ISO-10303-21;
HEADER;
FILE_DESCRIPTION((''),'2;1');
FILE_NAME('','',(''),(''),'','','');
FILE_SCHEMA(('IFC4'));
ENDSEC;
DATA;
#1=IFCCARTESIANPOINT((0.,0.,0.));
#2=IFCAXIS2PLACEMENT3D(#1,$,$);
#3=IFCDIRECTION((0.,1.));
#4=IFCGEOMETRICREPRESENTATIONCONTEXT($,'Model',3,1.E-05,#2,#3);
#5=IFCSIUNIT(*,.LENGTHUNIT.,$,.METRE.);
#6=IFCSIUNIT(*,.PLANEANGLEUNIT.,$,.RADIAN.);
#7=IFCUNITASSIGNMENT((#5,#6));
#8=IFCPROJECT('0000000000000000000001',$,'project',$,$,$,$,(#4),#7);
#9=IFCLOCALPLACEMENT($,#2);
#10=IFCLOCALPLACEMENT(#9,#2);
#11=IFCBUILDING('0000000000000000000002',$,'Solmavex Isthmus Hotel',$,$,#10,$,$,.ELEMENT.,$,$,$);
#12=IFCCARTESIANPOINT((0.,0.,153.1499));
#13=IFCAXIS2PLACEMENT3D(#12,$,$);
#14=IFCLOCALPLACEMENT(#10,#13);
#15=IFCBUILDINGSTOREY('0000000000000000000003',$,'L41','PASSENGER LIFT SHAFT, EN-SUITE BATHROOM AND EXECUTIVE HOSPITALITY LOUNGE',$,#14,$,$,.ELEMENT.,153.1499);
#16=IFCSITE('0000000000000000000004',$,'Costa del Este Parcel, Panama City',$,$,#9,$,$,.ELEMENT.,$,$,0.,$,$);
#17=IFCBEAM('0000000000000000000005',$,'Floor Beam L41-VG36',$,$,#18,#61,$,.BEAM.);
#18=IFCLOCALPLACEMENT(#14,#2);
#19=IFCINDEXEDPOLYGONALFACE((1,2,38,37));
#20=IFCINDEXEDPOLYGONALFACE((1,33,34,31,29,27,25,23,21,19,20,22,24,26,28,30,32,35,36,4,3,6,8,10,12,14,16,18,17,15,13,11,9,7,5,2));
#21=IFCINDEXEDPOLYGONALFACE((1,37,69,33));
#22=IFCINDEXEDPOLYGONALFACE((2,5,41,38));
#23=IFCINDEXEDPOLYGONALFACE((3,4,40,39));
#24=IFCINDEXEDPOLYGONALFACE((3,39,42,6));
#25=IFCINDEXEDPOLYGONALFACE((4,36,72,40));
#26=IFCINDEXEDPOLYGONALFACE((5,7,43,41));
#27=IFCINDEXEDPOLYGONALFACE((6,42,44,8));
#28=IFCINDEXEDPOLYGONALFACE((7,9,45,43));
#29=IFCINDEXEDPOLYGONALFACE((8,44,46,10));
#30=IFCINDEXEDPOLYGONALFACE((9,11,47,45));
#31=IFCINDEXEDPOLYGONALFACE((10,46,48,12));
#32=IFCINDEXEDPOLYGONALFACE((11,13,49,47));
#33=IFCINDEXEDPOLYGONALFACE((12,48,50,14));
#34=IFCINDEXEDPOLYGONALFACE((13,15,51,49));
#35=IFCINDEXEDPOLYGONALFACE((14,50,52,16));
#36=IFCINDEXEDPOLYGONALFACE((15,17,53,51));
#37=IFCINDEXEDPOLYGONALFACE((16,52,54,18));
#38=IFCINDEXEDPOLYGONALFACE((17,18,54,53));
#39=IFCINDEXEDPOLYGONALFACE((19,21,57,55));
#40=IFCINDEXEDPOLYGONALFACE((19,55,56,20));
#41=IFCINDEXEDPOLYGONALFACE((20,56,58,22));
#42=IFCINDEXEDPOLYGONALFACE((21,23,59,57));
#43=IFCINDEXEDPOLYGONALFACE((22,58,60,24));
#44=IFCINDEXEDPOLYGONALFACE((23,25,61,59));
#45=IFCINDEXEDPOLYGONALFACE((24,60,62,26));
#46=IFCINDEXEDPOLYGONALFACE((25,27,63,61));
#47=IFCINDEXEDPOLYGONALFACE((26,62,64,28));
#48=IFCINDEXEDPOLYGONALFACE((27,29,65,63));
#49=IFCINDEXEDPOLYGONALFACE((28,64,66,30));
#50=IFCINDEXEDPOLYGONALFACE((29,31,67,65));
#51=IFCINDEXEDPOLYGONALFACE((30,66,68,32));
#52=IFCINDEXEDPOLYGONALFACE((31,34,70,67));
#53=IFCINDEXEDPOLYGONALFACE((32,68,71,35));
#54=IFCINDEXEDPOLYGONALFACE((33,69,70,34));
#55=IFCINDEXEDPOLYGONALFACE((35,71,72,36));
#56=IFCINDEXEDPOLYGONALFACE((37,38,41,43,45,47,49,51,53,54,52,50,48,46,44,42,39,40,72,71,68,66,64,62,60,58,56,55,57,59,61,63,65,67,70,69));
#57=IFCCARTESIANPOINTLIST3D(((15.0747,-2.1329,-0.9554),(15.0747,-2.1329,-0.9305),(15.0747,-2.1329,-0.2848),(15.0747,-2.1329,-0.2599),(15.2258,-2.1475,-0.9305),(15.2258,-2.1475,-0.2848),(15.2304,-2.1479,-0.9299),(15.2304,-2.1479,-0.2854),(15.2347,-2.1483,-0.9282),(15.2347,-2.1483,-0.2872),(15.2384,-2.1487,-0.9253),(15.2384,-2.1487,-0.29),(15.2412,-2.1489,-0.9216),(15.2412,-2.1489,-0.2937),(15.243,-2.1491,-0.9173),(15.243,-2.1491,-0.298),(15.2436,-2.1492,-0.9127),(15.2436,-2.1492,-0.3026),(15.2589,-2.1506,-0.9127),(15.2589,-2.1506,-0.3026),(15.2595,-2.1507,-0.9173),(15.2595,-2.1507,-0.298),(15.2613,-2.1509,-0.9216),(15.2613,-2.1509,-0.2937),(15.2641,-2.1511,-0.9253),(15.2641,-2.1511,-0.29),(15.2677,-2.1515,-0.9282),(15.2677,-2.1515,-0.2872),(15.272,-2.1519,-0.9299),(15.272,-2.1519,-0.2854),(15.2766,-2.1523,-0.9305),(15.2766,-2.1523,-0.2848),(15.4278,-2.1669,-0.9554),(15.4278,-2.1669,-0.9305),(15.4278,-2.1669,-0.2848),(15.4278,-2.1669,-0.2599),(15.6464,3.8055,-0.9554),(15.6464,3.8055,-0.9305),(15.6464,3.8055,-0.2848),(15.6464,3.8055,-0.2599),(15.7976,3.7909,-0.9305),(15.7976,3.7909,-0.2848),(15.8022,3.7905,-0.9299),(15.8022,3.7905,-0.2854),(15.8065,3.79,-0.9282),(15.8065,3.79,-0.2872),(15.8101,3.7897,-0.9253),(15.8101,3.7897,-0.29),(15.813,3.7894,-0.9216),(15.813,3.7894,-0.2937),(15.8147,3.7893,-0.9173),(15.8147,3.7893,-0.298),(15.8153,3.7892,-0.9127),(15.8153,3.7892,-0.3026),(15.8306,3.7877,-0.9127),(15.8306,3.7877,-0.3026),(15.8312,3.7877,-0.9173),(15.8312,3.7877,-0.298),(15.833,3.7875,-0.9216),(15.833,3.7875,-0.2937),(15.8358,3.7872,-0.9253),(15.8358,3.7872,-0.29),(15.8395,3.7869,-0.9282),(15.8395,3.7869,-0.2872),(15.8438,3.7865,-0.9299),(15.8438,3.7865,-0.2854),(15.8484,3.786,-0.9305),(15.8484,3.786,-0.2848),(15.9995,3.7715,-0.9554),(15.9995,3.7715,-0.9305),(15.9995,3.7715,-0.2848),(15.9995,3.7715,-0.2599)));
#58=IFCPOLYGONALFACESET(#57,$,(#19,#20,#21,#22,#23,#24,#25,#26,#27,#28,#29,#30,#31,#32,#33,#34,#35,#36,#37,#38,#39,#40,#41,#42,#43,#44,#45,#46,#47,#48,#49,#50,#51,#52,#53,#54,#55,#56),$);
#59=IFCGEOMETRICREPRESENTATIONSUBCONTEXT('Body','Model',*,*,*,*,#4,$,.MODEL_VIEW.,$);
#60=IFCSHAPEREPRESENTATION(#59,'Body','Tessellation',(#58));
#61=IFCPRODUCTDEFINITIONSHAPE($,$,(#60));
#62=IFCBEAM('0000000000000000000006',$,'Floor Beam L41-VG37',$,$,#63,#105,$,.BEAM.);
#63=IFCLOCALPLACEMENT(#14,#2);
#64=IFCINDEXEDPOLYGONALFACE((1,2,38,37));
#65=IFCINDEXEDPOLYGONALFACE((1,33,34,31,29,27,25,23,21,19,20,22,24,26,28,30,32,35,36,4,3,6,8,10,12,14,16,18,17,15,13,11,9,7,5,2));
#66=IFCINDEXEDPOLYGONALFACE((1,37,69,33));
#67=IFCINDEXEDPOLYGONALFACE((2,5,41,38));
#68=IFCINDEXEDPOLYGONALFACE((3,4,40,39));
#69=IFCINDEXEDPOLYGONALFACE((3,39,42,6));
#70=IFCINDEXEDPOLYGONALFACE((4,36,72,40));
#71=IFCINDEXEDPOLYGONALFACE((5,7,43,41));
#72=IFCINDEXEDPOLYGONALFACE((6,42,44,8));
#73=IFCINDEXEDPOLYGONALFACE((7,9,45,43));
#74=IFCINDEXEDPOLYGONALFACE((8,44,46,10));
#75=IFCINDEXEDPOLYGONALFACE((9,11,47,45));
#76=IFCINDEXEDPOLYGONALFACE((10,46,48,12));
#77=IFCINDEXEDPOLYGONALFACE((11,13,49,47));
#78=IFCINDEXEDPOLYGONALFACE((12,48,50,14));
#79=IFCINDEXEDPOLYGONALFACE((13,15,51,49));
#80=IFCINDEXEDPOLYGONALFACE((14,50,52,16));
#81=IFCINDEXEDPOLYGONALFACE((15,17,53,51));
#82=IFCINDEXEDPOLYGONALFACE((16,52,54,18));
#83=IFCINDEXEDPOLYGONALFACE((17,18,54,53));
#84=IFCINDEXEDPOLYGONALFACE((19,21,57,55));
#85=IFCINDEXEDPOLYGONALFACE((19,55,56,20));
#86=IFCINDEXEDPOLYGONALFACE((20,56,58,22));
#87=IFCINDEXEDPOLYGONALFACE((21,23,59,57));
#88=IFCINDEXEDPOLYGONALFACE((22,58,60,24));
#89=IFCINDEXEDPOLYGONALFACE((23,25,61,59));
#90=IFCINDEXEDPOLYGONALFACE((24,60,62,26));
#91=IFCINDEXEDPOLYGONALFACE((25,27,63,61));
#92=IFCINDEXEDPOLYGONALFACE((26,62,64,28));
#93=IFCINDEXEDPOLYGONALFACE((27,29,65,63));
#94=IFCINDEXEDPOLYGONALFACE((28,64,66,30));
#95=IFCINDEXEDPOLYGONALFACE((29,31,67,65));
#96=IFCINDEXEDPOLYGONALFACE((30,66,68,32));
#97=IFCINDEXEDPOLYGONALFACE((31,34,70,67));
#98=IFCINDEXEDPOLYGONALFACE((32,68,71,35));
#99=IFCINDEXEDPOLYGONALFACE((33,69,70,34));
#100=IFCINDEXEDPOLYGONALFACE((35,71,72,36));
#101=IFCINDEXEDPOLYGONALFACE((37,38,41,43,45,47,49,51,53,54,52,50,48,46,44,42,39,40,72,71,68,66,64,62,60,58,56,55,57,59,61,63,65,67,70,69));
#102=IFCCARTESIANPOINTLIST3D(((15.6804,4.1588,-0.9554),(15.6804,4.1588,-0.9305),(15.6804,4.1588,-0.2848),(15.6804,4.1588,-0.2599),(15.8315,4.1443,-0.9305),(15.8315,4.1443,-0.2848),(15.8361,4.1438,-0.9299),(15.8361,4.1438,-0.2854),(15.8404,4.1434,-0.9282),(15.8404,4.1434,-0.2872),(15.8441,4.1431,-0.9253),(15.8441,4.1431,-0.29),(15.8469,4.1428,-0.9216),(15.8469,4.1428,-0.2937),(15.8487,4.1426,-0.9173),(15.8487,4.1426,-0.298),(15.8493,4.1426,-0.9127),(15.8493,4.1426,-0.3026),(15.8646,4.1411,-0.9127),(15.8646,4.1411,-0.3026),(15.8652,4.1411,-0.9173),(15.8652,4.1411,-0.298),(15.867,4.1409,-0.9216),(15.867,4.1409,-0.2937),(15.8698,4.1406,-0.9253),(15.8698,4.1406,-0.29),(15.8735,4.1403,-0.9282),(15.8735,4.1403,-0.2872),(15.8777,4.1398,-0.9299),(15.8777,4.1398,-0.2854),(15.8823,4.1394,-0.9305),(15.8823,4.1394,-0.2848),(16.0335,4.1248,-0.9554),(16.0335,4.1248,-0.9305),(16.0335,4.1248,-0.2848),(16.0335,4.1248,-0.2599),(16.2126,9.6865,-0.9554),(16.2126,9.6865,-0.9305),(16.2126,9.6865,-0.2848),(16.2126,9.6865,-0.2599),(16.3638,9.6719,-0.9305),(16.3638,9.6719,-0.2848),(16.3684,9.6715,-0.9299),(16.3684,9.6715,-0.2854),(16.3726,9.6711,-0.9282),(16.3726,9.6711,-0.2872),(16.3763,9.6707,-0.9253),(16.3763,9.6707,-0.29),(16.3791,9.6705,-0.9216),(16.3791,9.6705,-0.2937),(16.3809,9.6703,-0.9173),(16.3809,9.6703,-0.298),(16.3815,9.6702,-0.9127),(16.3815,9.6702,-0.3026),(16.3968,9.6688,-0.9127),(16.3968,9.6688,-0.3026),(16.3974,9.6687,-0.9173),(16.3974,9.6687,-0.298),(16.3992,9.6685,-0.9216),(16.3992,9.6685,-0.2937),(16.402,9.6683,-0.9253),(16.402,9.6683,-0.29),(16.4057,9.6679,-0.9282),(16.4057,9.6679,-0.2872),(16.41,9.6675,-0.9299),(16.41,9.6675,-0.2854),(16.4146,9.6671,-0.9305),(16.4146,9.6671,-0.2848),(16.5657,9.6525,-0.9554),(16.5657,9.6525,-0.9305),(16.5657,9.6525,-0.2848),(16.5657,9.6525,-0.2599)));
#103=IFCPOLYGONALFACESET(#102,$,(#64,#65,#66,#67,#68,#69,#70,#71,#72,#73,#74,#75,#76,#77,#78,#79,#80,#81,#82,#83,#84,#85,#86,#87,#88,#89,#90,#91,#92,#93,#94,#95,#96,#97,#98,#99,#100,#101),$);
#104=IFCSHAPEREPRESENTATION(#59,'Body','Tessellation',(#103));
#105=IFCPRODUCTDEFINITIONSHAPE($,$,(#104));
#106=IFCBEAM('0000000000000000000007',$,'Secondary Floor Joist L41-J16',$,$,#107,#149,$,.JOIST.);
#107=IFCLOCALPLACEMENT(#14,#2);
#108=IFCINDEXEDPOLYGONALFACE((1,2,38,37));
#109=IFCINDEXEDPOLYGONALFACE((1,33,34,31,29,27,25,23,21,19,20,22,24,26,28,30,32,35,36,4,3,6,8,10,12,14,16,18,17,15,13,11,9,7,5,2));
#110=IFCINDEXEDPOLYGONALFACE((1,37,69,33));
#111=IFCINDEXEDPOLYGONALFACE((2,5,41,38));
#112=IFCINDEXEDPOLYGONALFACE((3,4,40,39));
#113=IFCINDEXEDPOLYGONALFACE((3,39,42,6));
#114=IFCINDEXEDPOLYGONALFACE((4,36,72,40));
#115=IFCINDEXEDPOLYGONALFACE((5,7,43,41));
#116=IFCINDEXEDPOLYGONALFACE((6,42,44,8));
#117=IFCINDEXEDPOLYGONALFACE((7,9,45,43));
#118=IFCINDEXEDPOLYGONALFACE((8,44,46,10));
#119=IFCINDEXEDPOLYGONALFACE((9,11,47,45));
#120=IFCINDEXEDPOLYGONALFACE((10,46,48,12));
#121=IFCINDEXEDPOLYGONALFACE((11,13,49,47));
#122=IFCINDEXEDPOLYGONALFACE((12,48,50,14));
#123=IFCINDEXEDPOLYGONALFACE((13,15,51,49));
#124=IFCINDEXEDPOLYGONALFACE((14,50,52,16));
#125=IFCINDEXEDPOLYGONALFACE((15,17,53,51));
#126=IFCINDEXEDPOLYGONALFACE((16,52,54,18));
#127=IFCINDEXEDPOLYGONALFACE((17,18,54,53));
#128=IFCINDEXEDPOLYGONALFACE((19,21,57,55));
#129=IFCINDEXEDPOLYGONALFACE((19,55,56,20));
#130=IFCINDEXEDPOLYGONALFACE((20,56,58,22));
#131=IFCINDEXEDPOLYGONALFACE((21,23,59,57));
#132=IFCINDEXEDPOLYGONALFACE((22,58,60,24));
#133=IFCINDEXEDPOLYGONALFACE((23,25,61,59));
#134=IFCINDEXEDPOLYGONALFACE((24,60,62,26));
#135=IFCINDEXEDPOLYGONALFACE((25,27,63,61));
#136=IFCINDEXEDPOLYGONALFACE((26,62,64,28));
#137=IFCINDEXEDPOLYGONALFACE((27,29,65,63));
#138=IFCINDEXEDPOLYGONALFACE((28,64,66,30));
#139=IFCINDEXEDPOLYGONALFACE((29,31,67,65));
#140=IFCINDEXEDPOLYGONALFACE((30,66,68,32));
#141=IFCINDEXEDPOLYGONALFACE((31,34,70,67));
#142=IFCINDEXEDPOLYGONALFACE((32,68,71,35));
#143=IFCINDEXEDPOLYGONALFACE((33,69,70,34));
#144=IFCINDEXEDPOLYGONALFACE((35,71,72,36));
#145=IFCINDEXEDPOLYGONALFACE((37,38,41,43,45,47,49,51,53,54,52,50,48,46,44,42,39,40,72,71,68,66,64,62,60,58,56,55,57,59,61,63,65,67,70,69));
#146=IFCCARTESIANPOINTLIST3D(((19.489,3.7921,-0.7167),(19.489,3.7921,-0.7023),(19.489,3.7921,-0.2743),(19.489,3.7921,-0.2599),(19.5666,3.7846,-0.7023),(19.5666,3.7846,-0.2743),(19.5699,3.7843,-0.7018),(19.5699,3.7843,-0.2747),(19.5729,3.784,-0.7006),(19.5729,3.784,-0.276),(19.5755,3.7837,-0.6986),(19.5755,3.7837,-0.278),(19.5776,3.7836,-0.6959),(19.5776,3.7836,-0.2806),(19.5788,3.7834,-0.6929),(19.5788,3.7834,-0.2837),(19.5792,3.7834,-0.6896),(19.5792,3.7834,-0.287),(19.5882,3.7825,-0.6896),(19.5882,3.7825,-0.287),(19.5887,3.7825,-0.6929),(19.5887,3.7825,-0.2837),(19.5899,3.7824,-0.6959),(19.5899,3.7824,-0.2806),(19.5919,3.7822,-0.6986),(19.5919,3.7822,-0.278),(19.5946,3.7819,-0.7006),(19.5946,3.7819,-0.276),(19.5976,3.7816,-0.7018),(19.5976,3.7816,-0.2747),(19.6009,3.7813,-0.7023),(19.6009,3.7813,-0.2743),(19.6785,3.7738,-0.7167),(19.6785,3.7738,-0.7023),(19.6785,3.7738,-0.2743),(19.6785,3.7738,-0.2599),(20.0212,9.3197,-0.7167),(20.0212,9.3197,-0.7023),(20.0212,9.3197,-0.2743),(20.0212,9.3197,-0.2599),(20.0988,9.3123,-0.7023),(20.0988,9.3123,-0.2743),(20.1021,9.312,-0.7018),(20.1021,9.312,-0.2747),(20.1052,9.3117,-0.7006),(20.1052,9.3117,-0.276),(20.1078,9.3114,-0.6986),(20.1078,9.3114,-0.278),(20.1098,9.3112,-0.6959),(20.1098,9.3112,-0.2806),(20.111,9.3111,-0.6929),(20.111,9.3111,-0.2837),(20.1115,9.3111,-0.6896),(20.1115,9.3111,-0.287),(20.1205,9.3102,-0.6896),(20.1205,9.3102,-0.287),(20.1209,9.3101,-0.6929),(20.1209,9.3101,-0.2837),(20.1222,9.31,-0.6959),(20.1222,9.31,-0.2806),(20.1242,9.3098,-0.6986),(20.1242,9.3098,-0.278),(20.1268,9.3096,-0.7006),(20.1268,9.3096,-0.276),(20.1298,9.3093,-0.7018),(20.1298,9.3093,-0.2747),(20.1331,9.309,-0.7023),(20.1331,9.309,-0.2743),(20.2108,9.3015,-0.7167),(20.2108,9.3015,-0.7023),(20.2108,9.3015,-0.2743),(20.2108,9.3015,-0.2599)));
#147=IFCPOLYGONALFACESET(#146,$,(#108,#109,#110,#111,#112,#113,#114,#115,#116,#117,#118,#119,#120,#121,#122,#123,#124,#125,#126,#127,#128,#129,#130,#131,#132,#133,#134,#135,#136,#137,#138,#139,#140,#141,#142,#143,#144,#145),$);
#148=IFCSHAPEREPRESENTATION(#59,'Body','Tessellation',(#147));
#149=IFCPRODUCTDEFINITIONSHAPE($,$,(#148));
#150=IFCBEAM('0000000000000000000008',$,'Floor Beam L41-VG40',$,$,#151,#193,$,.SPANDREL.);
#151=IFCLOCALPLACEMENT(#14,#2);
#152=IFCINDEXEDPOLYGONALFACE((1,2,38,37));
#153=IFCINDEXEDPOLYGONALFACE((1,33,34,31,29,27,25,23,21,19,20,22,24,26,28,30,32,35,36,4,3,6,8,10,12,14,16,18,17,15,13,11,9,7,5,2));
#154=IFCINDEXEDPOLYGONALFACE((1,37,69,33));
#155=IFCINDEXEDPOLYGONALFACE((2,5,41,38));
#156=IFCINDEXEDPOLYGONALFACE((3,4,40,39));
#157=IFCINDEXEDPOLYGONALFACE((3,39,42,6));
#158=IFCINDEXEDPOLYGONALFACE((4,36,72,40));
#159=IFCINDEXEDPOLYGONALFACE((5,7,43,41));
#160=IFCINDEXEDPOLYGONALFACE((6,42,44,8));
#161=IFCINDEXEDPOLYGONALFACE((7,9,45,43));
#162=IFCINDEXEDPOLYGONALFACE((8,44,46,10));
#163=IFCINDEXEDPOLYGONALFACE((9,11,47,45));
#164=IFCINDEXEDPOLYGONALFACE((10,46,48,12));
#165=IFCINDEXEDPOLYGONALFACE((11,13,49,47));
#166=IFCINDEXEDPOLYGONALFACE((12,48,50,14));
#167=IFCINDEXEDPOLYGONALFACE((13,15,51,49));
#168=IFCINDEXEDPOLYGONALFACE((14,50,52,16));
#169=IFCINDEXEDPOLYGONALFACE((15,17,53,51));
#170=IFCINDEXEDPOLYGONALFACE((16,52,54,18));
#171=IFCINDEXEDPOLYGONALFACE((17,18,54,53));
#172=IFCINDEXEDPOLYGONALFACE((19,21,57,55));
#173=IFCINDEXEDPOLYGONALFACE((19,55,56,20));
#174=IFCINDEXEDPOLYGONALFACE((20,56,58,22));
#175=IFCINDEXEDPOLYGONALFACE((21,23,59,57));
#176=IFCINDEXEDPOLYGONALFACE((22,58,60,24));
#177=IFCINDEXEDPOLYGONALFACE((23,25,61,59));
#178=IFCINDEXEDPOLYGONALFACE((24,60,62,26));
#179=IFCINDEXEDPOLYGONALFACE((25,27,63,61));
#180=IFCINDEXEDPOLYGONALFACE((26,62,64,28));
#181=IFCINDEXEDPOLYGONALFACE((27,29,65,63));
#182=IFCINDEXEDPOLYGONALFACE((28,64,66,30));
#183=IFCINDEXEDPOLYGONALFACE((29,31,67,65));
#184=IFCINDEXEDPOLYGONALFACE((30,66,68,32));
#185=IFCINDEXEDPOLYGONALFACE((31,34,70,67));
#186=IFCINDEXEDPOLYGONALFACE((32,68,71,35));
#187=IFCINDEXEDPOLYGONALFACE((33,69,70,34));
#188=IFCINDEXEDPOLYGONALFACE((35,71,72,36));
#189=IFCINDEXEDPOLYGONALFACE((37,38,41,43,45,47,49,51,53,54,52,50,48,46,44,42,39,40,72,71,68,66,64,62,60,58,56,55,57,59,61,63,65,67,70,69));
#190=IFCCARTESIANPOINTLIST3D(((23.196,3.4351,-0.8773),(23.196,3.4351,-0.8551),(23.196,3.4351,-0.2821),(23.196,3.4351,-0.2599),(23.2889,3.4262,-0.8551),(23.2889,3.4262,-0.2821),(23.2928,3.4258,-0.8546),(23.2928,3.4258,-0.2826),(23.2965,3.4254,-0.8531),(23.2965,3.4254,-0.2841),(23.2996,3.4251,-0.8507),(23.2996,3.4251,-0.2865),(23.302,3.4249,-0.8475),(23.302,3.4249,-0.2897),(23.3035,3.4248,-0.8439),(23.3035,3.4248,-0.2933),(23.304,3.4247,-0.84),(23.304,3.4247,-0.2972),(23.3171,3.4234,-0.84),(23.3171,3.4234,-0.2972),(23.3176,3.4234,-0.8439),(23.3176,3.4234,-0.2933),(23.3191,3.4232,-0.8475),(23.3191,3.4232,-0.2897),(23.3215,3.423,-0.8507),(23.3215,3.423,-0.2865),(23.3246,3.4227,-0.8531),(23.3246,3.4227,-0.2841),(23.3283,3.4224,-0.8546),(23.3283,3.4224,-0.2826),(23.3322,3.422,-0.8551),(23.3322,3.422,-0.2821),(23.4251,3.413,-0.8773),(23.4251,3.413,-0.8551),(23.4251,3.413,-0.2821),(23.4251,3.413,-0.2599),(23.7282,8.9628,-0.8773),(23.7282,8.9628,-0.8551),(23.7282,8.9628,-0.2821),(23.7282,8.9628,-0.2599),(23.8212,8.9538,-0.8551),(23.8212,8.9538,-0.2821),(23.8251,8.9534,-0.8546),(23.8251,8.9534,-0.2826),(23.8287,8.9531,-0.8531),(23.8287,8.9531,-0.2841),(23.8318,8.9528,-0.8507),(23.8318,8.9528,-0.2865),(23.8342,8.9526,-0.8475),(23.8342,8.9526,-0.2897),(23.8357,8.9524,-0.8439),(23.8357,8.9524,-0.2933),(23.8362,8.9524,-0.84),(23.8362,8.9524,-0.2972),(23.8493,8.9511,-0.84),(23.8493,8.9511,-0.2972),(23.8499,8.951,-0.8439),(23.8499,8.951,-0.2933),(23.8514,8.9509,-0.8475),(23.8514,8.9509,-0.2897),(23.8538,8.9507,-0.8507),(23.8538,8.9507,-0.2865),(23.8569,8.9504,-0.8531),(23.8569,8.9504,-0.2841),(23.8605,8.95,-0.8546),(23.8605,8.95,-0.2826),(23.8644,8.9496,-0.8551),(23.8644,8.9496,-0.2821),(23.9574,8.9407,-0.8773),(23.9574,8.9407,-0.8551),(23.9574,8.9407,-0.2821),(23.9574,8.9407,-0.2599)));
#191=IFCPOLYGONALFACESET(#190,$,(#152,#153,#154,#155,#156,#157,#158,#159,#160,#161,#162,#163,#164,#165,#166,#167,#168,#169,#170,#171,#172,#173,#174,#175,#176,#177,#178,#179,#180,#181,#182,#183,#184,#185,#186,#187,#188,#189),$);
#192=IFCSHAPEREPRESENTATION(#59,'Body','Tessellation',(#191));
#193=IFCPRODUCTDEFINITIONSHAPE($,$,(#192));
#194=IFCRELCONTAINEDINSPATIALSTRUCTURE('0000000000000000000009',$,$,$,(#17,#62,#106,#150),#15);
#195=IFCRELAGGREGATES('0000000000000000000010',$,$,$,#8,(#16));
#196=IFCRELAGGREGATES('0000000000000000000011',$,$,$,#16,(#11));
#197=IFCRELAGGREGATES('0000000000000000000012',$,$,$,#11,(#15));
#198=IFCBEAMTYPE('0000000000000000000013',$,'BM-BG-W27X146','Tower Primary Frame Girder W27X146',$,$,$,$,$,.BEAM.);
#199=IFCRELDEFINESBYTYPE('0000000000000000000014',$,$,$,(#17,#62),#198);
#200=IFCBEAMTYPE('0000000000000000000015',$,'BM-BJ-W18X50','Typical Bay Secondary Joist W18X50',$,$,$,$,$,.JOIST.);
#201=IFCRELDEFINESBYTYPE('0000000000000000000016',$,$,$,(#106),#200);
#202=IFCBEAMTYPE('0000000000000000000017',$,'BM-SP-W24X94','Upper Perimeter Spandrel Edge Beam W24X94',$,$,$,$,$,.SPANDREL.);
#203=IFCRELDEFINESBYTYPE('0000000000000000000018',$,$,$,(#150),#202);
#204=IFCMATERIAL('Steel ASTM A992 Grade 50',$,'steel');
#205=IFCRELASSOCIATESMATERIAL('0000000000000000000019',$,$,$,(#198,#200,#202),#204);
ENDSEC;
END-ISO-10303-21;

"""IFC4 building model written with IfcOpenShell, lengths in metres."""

from ifc_helpers import new_model, si_unit, direction, frame, origin, origin_2d, place, context, subcontext, project, spatial, i_section, extrude, material, material_profile, profile_set, type_object, element, save


model = new_model("IFC4")

# Units and contexts
model_context = context("Model", 3, precision=1e-05, world=origin(), true_north=direction((0.0, 1.0)))
body_context = subcontext(model_context, "Body", "Model", "MODEL_VIEW")
ifc_project = project(units=[si_unit("LENGTHUNIT", "METRE"), si_unit("PLANEANGLEUNIT", "RADIAN")], contexts=[model_context])

# Site, building, storey
site_placement = place(None, origin())
site = spatial("IfcSite", under=ifc_project, at=site_placement, Name="Costa del Este Parcel, Panama City", CompositionType="ELEMENT", RefElevation=0.0)
building_placement = place(site_placement, origin())
building = spatial("IfcBuilding", under=site, at=building_placement, Name="Solmavex Isthmus Hotel", CompositionType="ELEMENT")
storey_placement = place(building_placement, frame((0.0, 0.0, 153.1499)))
storey = spatial("IfcBuildingStorey", under=building, at=storey_placement, Name="L41", Description="PASSENGER LIFT SHAFT, EN-SUITE BATHROOM AND EXECUTIVE HOSPITALITY LOUNGE", CompositionType="ELEMENT", Elevation=153.1499)

# Beams
ifc_material_1 = material(Name="Steel ASTM A992 Grade 50", Category="steel")
ifc_material_profile_1 = material_profile(ifc_material_1, i_section(OverallWidth=0.3547, OverallDepth=0.6956, WebThickness=0.0154, FlangeThickness=0.0249, FilletRadius=0.0178, at=origin_2d()), Name="W27X146")
ifc_profile_set_1 = profile_set([ifc_material_profile_1], Name="Steel ASTM A992 Grade 50")
beam_type_1 = type_object("IfcBeamType", Name="BM-BG-W27X146", Description="Tower Primary Frame Girder W27X146", PredefinedType="BEAM", material=ifc_profile_set_1)
beam_1_placement = place(storey_placement, frame((15.2512, -2.1499, -0.6077), z_axis=(0.09584, 0.995397, 0.0), x_axis=(-0.995397, 0.09584, 0.0)))
element("IfcBeam", 1, at=beam_1_placement, inside=storey, type_object=beam_type_1, Name="Floor Beam L41-VG36", PredefinedType="BEAM", context=body_context, shape_type="SweptSolid", body=[
    extrude(i_section(OverallWidth=0.3547, OverallDepth=0.6956, WebThickness=0.0154, FlangeThickness=0.0249, FilletRadius=0.0178, at=origin_2d()), origin(), (0.0, 0.0, 1.0), 5.9658),
])
beam_2_placement = place(storey_placement, frame((15.8569, 4.1418, -0.6077), z_axis=(0.095842, 0.995397, 0.0), x_axis=(-0.995397, 0.095842, 0.0)))
element("IfcBeam", 2, at=beam_2_placement, inside=storey, type_object=beam_type_1, Name="Floor Beam L41-VG37", PredefinedType="BEAM", context=body_context, shape_type="SweptSolid", body=[
    extrude(i_section(OverallWidth=0.3547, OverallDepth=0.6956, WebThickness=0.0154, FlangeThickness=0.0249, FilletRadius=0.0178, at=origin_2d()), origin(), (0.0, 0.0, 1.0), 5.5532),
])
ifc_material_profile_2 = material_profile(ifc_material_1, i_section(OverallWidth=0.1904, OverallDepth=0.4568, WebThickness=0.009, FlangeThickness=0.0144, FilletRadius=0.0127, at=origin_2d()), Name="W18X50")
ifc_profile_set_2 = profile_set([ifc_material_profile_2], Name="Steel ASTM A992 Grade 50")
beam_type_2 = type_object("IfcBeamType", Name="BM-BJ-W18X50", Description="Typical Bay Secondary Joist W18X50", PredefinedType="JOIST", material=ifc_profile_set_2)
beam_3_placement = place(storey_placement, frame((19.5837, 3.783, -0.4883), z_axis=(0.095842, 0.995397, 0.0), x_axis=(-0.995397, 0.095842, 0.0)))
element("IfcBeam", 3, at=beam_3_placement, inside=storey, type_object=beam_type_2, Name="Secondary Floor Joist L41-J16", PredefinedType="JOIST", context=body_context, shape_type="SweptSolid", body=[
    extrude(i_section(OverallWidth=0.1904, OverallDepth=0.4568, WebThickness=0.009, FlangeThickness=0.0144, FilletRadius=0.0127, at=origin_2d()), origin(), (0.0, 0.0, 1.0), 5.5532),
])
ifc_material_profile_3 = material_profile(ifc_material_1, i_section(OverallWidth=0.2302, OverallDepth=0.6174, WebThickness=0.0132, FlangeThickness=0.0222, FilletRadius=0.0151, at=origin_2d()), Name="W24X94")
ifc_profile_set_3 = profile_set([ifc_material_profile_3], Name="Steel ASTM A992 Grade 50")
beam_type_3 = type_object("IfcBeamType", Name="BM-SP-W24X94", Description="Upper Perimeter Spandrel Edge Beam W24X94", PredefinedType="SPANDREL", material=ifc_profile_set_3)
beam_4_placement = place(storey_placement, frame((23.3105, 3.4241, -0.5686), z_axis=(0.095842, 0.995397, 0.0), x_axis=(-0.995397, 0.095842, 0.0)))
element("IfcBeam", 4, at=beam_4_placement, inside=storey, type_object=beam_type_3, Name="Floor Beam L41-VG40", PredefinedType="SPANDREL", context=body_context, shape_type="SweptSolid", body=[
    extrude(i_section(OverallWidth=0.2302, OverallDepth=0.6174, WebThickness=0.0132, FlangeThickness=0.0222, FilletRadius=0.0151, at=origin_2d()), origin(), (0.0, 0.0, 1.0), 5.5532),
])

save(model, "model.ifc")
